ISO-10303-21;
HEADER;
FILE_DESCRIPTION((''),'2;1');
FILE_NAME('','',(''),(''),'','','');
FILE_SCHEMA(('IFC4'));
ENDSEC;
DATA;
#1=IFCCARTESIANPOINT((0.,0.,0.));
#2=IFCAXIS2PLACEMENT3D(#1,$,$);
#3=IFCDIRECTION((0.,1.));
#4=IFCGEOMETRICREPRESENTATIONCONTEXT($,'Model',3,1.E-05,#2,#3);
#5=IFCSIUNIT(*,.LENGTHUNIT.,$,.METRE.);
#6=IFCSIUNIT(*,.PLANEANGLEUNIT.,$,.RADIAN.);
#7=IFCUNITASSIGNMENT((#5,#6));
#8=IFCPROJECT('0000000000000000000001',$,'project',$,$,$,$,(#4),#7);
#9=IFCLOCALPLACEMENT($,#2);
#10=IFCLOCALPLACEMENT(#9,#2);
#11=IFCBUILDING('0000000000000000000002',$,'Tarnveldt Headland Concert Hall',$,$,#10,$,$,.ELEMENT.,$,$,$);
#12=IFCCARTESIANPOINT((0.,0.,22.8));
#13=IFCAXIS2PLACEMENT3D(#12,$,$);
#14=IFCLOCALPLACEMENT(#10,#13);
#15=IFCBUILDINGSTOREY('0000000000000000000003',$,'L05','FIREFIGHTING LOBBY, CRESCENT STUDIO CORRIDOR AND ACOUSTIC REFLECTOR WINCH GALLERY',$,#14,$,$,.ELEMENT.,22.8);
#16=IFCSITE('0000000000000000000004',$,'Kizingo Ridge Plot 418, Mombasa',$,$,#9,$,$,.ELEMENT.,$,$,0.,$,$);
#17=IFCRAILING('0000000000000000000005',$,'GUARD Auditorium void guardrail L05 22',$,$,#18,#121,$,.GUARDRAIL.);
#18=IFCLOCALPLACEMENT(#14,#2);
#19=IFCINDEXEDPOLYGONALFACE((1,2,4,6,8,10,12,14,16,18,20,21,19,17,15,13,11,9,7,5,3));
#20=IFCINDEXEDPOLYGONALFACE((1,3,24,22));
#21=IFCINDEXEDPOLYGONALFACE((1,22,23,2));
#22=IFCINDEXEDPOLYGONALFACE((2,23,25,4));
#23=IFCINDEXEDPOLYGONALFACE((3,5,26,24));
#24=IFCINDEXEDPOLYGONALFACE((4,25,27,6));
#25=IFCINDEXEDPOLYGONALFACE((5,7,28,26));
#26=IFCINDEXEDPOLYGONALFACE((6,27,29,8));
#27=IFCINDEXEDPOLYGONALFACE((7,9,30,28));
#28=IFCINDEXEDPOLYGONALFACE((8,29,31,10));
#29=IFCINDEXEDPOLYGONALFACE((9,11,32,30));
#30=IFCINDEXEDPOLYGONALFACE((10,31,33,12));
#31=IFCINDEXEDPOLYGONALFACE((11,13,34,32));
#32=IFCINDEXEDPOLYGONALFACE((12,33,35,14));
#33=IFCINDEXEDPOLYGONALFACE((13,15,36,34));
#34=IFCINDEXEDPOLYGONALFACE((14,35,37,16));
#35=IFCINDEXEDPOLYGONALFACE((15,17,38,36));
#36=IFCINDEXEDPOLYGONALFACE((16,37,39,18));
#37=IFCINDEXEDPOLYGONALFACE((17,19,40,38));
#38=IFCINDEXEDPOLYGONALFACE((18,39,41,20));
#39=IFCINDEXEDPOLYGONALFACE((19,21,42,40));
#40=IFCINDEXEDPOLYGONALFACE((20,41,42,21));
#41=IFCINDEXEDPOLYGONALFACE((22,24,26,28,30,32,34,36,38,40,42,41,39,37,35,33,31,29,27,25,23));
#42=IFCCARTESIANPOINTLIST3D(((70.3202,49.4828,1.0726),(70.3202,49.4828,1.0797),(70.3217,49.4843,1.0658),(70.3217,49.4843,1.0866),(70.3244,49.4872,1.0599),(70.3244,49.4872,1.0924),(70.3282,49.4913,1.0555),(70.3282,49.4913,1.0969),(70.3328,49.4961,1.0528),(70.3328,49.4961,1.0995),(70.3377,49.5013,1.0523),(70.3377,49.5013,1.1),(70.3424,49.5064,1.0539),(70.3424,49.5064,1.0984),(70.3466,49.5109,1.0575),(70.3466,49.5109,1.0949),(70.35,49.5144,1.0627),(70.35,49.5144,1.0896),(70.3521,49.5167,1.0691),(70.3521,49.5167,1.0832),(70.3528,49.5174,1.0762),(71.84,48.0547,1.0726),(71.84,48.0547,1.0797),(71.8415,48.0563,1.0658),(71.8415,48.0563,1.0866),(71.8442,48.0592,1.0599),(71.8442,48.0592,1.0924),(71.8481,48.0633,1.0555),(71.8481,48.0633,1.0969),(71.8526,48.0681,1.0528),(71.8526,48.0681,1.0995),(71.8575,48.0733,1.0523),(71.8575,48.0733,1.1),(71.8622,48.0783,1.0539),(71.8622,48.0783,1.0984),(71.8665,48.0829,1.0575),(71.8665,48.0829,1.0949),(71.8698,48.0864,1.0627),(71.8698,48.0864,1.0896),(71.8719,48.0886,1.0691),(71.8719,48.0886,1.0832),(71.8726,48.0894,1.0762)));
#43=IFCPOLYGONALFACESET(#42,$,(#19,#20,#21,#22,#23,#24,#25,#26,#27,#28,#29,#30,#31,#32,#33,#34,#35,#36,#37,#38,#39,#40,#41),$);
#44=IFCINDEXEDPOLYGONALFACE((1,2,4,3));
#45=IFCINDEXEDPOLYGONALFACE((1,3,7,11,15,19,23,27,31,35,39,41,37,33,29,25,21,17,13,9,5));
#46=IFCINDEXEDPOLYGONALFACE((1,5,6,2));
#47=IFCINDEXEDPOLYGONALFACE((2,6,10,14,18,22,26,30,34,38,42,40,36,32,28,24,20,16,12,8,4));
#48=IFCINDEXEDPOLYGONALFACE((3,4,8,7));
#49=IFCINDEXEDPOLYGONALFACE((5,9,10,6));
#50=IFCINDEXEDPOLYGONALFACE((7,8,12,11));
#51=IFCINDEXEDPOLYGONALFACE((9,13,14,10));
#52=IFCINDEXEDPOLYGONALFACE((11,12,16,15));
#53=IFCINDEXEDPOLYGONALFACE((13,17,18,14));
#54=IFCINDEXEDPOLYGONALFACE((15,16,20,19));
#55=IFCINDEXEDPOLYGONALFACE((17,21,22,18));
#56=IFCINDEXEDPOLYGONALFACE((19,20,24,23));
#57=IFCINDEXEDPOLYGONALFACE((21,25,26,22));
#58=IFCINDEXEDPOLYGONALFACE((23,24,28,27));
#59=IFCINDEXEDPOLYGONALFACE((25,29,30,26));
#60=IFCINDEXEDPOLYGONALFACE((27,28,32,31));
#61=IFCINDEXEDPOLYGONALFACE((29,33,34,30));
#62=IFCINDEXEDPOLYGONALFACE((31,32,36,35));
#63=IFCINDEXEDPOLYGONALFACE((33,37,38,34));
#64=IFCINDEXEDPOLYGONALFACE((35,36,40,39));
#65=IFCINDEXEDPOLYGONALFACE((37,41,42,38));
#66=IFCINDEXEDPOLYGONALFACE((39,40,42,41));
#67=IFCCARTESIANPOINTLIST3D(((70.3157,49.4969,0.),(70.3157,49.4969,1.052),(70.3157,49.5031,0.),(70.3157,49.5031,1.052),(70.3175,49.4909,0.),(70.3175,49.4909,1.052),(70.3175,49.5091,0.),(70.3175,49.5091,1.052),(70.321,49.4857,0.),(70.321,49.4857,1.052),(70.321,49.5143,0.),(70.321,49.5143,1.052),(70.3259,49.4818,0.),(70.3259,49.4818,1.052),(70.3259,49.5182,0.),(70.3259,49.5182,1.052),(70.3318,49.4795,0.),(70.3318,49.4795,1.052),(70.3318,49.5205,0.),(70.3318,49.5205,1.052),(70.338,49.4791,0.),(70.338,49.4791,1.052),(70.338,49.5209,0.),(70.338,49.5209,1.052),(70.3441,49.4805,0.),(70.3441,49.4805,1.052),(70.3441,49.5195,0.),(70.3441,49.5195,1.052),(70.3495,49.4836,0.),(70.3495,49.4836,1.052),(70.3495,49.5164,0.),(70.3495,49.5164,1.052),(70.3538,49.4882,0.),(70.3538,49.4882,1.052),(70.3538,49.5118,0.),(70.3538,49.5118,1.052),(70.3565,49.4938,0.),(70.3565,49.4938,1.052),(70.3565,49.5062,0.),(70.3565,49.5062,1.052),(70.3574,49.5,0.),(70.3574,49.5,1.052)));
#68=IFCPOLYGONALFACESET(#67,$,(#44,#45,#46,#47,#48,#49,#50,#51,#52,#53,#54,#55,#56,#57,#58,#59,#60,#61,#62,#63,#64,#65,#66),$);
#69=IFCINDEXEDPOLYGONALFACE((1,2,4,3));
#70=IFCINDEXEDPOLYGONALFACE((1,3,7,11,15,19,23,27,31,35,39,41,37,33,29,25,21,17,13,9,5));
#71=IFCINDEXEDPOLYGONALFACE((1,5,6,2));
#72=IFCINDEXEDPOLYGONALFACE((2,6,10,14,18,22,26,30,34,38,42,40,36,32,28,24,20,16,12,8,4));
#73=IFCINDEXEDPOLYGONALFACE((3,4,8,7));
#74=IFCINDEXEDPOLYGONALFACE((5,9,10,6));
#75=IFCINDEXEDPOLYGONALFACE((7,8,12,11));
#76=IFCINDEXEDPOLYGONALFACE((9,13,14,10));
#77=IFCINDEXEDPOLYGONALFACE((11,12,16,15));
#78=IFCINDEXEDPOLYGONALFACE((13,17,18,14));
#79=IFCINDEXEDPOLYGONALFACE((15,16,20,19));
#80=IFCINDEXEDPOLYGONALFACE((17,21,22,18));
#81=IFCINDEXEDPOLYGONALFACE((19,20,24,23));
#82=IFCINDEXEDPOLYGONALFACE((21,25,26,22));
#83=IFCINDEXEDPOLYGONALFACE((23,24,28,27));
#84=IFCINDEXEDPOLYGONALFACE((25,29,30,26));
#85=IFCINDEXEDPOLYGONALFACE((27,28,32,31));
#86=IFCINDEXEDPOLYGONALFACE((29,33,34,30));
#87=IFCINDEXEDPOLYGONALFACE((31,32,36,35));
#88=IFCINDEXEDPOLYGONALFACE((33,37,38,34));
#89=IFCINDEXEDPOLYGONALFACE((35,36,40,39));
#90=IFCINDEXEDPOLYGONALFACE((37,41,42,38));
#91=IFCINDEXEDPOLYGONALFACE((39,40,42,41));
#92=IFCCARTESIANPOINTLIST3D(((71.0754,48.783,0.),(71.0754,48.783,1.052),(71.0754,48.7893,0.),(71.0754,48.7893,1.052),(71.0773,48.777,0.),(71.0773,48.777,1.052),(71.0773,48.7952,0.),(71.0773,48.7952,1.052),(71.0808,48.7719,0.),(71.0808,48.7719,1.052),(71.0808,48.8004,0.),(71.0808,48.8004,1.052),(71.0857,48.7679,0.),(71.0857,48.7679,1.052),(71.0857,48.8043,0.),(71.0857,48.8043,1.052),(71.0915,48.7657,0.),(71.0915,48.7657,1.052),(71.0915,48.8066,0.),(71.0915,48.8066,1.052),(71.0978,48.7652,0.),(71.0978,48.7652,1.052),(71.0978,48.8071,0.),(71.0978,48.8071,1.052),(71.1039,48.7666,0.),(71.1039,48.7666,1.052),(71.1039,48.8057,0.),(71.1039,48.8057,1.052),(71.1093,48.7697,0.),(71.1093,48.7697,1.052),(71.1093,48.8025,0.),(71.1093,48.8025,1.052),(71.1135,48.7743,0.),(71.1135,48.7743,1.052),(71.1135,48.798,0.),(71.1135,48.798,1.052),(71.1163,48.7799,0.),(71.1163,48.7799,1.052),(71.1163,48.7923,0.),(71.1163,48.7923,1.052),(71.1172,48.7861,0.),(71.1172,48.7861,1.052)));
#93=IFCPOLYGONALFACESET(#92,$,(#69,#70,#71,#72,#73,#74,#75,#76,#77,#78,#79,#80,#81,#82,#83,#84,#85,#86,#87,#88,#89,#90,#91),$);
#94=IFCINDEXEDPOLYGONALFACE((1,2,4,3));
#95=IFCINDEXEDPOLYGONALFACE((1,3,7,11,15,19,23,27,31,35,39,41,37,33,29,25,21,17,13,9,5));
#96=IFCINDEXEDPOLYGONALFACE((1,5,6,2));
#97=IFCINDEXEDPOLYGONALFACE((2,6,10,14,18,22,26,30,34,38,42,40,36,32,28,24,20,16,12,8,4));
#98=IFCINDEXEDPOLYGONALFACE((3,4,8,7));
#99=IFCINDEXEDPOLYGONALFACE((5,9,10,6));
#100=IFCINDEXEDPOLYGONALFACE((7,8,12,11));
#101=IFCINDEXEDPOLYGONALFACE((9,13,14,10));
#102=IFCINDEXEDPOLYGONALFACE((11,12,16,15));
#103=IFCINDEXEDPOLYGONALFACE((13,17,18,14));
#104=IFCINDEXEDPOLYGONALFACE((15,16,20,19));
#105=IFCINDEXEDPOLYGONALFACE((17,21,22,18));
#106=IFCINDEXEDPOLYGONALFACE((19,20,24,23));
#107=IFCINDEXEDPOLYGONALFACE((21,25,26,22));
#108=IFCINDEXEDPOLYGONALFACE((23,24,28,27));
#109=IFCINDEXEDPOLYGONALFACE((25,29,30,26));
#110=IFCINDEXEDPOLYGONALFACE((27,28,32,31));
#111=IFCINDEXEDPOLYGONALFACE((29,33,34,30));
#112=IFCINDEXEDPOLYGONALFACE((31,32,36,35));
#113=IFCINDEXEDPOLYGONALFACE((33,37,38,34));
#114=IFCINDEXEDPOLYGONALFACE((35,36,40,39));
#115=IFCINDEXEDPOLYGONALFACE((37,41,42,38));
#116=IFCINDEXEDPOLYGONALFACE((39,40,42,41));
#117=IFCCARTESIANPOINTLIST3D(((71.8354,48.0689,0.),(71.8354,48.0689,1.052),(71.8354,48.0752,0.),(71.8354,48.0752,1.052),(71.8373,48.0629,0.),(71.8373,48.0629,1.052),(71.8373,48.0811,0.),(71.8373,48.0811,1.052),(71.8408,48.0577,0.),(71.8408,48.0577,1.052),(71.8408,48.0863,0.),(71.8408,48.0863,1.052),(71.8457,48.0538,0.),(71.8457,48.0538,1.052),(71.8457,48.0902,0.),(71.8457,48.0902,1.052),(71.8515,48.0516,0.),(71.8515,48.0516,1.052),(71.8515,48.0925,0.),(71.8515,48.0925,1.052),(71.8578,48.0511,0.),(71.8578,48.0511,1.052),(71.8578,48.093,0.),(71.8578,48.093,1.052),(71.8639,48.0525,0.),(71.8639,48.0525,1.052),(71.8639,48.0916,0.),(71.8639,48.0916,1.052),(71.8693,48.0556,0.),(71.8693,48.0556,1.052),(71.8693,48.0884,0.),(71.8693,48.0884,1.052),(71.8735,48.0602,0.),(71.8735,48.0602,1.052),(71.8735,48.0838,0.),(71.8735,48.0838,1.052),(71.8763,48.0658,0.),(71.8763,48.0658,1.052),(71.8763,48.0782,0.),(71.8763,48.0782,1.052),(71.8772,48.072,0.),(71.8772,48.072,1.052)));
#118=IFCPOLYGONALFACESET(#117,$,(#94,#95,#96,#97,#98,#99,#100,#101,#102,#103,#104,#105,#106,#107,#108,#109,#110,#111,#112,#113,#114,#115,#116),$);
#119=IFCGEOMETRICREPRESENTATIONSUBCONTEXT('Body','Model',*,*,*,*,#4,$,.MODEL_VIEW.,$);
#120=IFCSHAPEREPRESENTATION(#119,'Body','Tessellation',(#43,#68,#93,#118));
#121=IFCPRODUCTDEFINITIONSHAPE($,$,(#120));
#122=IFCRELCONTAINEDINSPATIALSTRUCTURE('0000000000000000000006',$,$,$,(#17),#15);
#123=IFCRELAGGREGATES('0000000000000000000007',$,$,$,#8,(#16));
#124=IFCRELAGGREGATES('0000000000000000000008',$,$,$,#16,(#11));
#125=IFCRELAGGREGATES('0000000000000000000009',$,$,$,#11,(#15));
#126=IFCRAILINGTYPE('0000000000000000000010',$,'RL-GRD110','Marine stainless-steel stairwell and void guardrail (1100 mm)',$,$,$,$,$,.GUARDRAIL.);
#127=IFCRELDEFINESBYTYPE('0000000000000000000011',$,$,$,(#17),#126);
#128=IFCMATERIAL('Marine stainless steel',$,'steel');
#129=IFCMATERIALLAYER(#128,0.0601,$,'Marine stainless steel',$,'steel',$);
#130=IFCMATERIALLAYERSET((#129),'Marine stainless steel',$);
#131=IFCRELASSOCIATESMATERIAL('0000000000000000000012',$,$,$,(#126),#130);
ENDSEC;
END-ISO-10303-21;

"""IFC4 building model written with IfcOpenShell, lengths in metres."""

from ifc_helpers import new_model, si_unit, direction, frame, origin, origin_2d, place, context, subcontext, project, spatial, circle, extrude, material, layer, layer_set, type_object, element, save


model = new_model("IFC4")

# Units and contexts
model_context = context("Model", 3, precision=1e-05, world=origin(), true_north=direction((0.0, 1.0)))
body_context = subcontext(model_context, "Body", "Model", "MODEL_VIEW")
ifc_project = project(units=[si_unit("LENGTHUNIT", "METRE"), si_unit("PLANEANGLEUNIT", "RADIAN")], contexts=[model_context])

# Site, building, storey
site_placement = place(None, origin())
site = spatial("IfcSite", under=ifc_project, at=site_placement, Name="Kizingo Ridge Plot 418, Mombasa", CompositionType="ELEMENT", RefElevation=0.0)
building_placement = place(site_placement, origin())
building = spatial("IfcBuilding", under=site, at=building_placement, Name="Tarnveldt Headland Concert Hall", CompositionType="ELEMENT")
storey_placement = place(building_placement, frame((0.0, 0.0, 22.8)))
storey = spatial("IfcBuildingStorey", under=building, at=storey_placement, Name="L05", Description="FIREFIGHTING LOBBY, CRESCENT STUDIO CORRIDOR AND ACOUSTIC REFLECTOR WINCH GALLERY", CompositionType="ELEMENT", Elevation=22.8)

# Railing
ifc_material_1 = material(Name="Marine stainless steel", Category="steel")
ifc_layer_1 = layer(ifc_material_1, 0.0601, Name="Marine stainless steel", Category="steel")
ifc_layer_set_1 = layer_set([ifc_layer_1], Name="Marine stainless steel")
railing_type = type_object("IfcRailingType", Name="RL-GRD110", Description="Marine stainless-steel stairwell and void guardrail (1100 mm)", PredefinedType="GUARDRAIL", material=ifc_layer_set_1)
railing_1_placement = place(storey_placement, frame((70.3364, 49.5, 0.0)))
element("IfcRailing", 1, at=railing_1_placement, inside=storey, type_object=railing_type, Name="GUARD Auditorium void guardrail L05 22", PredefinedType="GUARDRAIL", context=body_context, shape_type="SweptSolid", body=[
    extrude(circle(Radius=0.0239, at=origin_2d()), frame((0.0, 0.0, 1.0762), z_axis=(0.728774, -0.684755, 0.0), x_axis=(0.684755, 0.728774, 0.0)), (0.0, 0.0, 1.0), 2.0854),
    extrude(circle(Radius=0.021, at=origin_2d()), origin(), (0.0, 0.0, 1.0), 1.052),
    extrude(circle(Radius=0.021, at=origin_2d()), frame((0.7598, -0.7139, 0.0)), (0.0, 0.0, 1.0), 1.052),
    extrude(circle(Radius=0.021, at=origin_2d()), frame((1.5198, -1.428, 0.0)), (0.0, 0.0, 1.0), 1.052),
])

save(model, "model.ifc")
